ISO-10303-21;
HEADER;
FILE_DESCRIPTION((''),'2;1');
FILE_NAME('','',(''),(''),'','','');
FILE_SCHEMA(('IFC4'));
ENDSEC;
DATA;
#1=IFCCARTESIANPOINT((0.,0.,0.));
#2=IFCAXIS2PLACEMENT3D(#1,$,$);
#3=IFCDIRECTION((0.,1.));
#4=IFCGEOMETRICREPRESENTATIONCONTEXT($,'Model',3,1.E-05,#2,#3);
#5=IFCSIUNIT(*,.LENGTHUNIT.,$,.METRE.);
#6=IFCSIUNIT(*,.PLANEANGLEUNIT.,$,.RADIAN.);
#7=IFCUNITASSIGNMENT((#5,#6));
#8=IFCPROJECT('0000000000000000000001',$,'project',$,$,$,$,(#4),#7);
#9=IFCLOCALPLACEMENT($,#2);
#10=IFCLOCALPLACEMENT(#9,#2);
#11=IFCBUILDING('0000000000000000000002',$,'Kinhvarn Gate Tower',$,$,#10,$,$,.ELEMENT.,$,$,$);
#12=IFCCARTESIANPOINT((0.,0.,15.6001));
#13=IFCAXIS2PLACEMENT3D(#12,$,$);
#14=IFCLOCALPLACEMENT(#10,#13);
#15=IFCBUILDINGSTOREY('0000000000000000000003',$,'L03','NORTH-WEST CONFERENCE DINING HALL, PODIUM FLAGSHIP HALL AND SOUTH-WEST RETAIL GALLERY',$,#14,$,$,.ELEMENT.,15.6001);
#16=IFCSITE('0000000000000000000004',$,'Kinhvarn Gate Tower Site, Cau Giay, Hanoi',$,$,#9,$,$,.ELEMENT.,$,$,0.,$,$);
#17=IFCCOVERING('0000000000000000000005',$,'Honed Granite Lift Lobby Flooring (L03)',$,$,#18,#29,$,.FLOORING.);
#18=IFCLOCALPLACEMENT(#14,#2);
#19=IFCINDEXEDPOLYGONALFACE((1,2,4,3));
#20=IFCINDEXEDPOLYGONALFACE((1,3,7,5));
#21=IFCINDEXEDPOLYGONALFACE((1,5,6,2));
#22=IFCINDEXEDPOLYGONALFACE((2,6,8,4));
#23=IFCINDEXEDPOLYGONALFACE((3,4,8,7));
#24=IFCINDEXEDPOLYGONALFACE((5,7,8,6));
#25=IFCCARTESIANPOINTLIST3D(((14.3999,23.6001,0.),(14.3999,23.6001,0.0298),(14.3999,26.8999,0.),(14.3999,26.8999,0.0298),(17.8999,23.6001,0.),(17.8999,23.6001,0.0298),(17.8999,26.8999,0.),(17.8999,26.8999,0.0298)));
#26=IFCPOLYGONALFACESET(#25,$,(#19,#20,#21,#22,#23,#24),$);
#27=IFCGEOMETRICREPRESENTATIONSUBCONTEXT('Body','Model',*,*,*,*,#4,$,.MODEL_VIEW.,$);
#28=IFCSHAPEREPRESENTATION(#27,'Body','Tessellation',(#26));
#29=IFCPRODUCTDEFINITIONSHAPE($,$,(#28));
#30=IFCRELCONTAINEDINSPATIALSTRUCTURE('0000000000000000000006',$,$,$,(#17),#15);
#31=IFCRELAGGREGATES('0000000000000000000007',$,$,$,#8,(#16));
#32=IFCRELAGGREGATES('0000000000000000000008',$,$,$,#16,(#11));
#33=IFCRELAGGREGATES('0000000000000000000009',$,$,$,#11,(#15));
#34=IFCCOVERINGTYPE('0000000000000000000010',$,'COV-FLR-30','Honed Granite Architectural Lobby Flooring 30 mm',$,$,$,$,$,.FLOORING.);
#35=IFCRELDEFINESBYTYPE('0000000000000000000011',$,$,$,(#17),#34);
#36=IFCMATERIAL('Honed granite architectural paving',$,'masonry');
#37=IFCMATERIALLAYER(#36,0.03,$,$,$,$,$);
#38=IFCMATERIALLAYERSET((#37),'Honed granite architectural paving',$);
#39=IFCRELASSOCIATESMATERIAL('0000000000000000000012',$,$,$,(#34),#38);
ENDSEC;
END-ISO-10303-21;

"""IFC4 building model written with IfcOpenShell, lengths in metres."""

from ifc_helpers import new_model, si_unit, direction, frame, origin, place, context, subcontext, project, spatial, polyline, outline, extrude, material, layer, layer_set, type_object, element, save


model = new_model("IFC4")

# Units and contexts
model_context = context("Model", 3, precision=1e-05, world=origin(), true_north=direction((0.0, 1.0)))
body_context = subcontext(model_context, "Body", "Model", "MODEL_VIEW")
ifc_project = project(units=[si_unit("LENGTHUNIT", "METRE"), si_unit("PLANEANGLEUNIT", "RADIAN")], contexts=[model_context])

# Site, building, storey
site_placement = place(None, origin())
site = spatial("IfcSite", under=ifc_project, at=site_placement, Name="Kinhvarn Gate Tower Site, Cau Giay, Hanoi", CompositionType="ELEMENT", RefElevation=0.0)
building_placement = place(site_placement, origin())
building = spatial("IfcBuilding", under=site, at=building_placement, Name="Kinhvarn Gate Tower", CompositionType="ELEMENT")
storey_placement = place(building_placement, frame((0.0, 0.0, 15.6001)))
storey = spatial("IfcBuildingStorey", under=building, at=storey_placement, Name="L03", Description="NORTH-WEST CONFERENCE DINING HALL, PODIUM FLAGSHIP HALL AND SOUTH-WEST RETAIL GALLERY", CompositionType="ELEMENT", Elevation=15.6001)

# Covering
ifc_material_1 = material(Name="Honed granite architectural paving", Category="masonry")
ifc_layer_1 = layer(ifc_material_1, 0.03)
ifc_layer_set_1 = layer_set([ifc_layer_1], Name="Honed granite architectural paving")
covering_type_1 = type_object("IfcCoveringType", Name="COV-FLR-30", Description="Honed Granite Architectural Lobby Flooring 30 mm", PredefinedType="FLOORING", material=ifc_layer_set_1)
covering_1_placement = place(storey_placement, origin())
element("IfcCovering", 1, at=covering_1_placement, inside=storey, type_object=covering_type_1, Name="Honed Granite Lift Lobby Flooring (L03)", PredefinedType="FLOORING", context=body_context, shape_type="SweptSolid", body=[
    extrude(outline(polyline([(14.3999, 23.6001), (14.3999, 26.8999), (17.8999, 26.8999), (17.8999, 23.6001), (14.3999, 23.6001)])), origin(), (0.0, 0.0, 1.0), 0.0298),
])

save(model, "model.ifc")
